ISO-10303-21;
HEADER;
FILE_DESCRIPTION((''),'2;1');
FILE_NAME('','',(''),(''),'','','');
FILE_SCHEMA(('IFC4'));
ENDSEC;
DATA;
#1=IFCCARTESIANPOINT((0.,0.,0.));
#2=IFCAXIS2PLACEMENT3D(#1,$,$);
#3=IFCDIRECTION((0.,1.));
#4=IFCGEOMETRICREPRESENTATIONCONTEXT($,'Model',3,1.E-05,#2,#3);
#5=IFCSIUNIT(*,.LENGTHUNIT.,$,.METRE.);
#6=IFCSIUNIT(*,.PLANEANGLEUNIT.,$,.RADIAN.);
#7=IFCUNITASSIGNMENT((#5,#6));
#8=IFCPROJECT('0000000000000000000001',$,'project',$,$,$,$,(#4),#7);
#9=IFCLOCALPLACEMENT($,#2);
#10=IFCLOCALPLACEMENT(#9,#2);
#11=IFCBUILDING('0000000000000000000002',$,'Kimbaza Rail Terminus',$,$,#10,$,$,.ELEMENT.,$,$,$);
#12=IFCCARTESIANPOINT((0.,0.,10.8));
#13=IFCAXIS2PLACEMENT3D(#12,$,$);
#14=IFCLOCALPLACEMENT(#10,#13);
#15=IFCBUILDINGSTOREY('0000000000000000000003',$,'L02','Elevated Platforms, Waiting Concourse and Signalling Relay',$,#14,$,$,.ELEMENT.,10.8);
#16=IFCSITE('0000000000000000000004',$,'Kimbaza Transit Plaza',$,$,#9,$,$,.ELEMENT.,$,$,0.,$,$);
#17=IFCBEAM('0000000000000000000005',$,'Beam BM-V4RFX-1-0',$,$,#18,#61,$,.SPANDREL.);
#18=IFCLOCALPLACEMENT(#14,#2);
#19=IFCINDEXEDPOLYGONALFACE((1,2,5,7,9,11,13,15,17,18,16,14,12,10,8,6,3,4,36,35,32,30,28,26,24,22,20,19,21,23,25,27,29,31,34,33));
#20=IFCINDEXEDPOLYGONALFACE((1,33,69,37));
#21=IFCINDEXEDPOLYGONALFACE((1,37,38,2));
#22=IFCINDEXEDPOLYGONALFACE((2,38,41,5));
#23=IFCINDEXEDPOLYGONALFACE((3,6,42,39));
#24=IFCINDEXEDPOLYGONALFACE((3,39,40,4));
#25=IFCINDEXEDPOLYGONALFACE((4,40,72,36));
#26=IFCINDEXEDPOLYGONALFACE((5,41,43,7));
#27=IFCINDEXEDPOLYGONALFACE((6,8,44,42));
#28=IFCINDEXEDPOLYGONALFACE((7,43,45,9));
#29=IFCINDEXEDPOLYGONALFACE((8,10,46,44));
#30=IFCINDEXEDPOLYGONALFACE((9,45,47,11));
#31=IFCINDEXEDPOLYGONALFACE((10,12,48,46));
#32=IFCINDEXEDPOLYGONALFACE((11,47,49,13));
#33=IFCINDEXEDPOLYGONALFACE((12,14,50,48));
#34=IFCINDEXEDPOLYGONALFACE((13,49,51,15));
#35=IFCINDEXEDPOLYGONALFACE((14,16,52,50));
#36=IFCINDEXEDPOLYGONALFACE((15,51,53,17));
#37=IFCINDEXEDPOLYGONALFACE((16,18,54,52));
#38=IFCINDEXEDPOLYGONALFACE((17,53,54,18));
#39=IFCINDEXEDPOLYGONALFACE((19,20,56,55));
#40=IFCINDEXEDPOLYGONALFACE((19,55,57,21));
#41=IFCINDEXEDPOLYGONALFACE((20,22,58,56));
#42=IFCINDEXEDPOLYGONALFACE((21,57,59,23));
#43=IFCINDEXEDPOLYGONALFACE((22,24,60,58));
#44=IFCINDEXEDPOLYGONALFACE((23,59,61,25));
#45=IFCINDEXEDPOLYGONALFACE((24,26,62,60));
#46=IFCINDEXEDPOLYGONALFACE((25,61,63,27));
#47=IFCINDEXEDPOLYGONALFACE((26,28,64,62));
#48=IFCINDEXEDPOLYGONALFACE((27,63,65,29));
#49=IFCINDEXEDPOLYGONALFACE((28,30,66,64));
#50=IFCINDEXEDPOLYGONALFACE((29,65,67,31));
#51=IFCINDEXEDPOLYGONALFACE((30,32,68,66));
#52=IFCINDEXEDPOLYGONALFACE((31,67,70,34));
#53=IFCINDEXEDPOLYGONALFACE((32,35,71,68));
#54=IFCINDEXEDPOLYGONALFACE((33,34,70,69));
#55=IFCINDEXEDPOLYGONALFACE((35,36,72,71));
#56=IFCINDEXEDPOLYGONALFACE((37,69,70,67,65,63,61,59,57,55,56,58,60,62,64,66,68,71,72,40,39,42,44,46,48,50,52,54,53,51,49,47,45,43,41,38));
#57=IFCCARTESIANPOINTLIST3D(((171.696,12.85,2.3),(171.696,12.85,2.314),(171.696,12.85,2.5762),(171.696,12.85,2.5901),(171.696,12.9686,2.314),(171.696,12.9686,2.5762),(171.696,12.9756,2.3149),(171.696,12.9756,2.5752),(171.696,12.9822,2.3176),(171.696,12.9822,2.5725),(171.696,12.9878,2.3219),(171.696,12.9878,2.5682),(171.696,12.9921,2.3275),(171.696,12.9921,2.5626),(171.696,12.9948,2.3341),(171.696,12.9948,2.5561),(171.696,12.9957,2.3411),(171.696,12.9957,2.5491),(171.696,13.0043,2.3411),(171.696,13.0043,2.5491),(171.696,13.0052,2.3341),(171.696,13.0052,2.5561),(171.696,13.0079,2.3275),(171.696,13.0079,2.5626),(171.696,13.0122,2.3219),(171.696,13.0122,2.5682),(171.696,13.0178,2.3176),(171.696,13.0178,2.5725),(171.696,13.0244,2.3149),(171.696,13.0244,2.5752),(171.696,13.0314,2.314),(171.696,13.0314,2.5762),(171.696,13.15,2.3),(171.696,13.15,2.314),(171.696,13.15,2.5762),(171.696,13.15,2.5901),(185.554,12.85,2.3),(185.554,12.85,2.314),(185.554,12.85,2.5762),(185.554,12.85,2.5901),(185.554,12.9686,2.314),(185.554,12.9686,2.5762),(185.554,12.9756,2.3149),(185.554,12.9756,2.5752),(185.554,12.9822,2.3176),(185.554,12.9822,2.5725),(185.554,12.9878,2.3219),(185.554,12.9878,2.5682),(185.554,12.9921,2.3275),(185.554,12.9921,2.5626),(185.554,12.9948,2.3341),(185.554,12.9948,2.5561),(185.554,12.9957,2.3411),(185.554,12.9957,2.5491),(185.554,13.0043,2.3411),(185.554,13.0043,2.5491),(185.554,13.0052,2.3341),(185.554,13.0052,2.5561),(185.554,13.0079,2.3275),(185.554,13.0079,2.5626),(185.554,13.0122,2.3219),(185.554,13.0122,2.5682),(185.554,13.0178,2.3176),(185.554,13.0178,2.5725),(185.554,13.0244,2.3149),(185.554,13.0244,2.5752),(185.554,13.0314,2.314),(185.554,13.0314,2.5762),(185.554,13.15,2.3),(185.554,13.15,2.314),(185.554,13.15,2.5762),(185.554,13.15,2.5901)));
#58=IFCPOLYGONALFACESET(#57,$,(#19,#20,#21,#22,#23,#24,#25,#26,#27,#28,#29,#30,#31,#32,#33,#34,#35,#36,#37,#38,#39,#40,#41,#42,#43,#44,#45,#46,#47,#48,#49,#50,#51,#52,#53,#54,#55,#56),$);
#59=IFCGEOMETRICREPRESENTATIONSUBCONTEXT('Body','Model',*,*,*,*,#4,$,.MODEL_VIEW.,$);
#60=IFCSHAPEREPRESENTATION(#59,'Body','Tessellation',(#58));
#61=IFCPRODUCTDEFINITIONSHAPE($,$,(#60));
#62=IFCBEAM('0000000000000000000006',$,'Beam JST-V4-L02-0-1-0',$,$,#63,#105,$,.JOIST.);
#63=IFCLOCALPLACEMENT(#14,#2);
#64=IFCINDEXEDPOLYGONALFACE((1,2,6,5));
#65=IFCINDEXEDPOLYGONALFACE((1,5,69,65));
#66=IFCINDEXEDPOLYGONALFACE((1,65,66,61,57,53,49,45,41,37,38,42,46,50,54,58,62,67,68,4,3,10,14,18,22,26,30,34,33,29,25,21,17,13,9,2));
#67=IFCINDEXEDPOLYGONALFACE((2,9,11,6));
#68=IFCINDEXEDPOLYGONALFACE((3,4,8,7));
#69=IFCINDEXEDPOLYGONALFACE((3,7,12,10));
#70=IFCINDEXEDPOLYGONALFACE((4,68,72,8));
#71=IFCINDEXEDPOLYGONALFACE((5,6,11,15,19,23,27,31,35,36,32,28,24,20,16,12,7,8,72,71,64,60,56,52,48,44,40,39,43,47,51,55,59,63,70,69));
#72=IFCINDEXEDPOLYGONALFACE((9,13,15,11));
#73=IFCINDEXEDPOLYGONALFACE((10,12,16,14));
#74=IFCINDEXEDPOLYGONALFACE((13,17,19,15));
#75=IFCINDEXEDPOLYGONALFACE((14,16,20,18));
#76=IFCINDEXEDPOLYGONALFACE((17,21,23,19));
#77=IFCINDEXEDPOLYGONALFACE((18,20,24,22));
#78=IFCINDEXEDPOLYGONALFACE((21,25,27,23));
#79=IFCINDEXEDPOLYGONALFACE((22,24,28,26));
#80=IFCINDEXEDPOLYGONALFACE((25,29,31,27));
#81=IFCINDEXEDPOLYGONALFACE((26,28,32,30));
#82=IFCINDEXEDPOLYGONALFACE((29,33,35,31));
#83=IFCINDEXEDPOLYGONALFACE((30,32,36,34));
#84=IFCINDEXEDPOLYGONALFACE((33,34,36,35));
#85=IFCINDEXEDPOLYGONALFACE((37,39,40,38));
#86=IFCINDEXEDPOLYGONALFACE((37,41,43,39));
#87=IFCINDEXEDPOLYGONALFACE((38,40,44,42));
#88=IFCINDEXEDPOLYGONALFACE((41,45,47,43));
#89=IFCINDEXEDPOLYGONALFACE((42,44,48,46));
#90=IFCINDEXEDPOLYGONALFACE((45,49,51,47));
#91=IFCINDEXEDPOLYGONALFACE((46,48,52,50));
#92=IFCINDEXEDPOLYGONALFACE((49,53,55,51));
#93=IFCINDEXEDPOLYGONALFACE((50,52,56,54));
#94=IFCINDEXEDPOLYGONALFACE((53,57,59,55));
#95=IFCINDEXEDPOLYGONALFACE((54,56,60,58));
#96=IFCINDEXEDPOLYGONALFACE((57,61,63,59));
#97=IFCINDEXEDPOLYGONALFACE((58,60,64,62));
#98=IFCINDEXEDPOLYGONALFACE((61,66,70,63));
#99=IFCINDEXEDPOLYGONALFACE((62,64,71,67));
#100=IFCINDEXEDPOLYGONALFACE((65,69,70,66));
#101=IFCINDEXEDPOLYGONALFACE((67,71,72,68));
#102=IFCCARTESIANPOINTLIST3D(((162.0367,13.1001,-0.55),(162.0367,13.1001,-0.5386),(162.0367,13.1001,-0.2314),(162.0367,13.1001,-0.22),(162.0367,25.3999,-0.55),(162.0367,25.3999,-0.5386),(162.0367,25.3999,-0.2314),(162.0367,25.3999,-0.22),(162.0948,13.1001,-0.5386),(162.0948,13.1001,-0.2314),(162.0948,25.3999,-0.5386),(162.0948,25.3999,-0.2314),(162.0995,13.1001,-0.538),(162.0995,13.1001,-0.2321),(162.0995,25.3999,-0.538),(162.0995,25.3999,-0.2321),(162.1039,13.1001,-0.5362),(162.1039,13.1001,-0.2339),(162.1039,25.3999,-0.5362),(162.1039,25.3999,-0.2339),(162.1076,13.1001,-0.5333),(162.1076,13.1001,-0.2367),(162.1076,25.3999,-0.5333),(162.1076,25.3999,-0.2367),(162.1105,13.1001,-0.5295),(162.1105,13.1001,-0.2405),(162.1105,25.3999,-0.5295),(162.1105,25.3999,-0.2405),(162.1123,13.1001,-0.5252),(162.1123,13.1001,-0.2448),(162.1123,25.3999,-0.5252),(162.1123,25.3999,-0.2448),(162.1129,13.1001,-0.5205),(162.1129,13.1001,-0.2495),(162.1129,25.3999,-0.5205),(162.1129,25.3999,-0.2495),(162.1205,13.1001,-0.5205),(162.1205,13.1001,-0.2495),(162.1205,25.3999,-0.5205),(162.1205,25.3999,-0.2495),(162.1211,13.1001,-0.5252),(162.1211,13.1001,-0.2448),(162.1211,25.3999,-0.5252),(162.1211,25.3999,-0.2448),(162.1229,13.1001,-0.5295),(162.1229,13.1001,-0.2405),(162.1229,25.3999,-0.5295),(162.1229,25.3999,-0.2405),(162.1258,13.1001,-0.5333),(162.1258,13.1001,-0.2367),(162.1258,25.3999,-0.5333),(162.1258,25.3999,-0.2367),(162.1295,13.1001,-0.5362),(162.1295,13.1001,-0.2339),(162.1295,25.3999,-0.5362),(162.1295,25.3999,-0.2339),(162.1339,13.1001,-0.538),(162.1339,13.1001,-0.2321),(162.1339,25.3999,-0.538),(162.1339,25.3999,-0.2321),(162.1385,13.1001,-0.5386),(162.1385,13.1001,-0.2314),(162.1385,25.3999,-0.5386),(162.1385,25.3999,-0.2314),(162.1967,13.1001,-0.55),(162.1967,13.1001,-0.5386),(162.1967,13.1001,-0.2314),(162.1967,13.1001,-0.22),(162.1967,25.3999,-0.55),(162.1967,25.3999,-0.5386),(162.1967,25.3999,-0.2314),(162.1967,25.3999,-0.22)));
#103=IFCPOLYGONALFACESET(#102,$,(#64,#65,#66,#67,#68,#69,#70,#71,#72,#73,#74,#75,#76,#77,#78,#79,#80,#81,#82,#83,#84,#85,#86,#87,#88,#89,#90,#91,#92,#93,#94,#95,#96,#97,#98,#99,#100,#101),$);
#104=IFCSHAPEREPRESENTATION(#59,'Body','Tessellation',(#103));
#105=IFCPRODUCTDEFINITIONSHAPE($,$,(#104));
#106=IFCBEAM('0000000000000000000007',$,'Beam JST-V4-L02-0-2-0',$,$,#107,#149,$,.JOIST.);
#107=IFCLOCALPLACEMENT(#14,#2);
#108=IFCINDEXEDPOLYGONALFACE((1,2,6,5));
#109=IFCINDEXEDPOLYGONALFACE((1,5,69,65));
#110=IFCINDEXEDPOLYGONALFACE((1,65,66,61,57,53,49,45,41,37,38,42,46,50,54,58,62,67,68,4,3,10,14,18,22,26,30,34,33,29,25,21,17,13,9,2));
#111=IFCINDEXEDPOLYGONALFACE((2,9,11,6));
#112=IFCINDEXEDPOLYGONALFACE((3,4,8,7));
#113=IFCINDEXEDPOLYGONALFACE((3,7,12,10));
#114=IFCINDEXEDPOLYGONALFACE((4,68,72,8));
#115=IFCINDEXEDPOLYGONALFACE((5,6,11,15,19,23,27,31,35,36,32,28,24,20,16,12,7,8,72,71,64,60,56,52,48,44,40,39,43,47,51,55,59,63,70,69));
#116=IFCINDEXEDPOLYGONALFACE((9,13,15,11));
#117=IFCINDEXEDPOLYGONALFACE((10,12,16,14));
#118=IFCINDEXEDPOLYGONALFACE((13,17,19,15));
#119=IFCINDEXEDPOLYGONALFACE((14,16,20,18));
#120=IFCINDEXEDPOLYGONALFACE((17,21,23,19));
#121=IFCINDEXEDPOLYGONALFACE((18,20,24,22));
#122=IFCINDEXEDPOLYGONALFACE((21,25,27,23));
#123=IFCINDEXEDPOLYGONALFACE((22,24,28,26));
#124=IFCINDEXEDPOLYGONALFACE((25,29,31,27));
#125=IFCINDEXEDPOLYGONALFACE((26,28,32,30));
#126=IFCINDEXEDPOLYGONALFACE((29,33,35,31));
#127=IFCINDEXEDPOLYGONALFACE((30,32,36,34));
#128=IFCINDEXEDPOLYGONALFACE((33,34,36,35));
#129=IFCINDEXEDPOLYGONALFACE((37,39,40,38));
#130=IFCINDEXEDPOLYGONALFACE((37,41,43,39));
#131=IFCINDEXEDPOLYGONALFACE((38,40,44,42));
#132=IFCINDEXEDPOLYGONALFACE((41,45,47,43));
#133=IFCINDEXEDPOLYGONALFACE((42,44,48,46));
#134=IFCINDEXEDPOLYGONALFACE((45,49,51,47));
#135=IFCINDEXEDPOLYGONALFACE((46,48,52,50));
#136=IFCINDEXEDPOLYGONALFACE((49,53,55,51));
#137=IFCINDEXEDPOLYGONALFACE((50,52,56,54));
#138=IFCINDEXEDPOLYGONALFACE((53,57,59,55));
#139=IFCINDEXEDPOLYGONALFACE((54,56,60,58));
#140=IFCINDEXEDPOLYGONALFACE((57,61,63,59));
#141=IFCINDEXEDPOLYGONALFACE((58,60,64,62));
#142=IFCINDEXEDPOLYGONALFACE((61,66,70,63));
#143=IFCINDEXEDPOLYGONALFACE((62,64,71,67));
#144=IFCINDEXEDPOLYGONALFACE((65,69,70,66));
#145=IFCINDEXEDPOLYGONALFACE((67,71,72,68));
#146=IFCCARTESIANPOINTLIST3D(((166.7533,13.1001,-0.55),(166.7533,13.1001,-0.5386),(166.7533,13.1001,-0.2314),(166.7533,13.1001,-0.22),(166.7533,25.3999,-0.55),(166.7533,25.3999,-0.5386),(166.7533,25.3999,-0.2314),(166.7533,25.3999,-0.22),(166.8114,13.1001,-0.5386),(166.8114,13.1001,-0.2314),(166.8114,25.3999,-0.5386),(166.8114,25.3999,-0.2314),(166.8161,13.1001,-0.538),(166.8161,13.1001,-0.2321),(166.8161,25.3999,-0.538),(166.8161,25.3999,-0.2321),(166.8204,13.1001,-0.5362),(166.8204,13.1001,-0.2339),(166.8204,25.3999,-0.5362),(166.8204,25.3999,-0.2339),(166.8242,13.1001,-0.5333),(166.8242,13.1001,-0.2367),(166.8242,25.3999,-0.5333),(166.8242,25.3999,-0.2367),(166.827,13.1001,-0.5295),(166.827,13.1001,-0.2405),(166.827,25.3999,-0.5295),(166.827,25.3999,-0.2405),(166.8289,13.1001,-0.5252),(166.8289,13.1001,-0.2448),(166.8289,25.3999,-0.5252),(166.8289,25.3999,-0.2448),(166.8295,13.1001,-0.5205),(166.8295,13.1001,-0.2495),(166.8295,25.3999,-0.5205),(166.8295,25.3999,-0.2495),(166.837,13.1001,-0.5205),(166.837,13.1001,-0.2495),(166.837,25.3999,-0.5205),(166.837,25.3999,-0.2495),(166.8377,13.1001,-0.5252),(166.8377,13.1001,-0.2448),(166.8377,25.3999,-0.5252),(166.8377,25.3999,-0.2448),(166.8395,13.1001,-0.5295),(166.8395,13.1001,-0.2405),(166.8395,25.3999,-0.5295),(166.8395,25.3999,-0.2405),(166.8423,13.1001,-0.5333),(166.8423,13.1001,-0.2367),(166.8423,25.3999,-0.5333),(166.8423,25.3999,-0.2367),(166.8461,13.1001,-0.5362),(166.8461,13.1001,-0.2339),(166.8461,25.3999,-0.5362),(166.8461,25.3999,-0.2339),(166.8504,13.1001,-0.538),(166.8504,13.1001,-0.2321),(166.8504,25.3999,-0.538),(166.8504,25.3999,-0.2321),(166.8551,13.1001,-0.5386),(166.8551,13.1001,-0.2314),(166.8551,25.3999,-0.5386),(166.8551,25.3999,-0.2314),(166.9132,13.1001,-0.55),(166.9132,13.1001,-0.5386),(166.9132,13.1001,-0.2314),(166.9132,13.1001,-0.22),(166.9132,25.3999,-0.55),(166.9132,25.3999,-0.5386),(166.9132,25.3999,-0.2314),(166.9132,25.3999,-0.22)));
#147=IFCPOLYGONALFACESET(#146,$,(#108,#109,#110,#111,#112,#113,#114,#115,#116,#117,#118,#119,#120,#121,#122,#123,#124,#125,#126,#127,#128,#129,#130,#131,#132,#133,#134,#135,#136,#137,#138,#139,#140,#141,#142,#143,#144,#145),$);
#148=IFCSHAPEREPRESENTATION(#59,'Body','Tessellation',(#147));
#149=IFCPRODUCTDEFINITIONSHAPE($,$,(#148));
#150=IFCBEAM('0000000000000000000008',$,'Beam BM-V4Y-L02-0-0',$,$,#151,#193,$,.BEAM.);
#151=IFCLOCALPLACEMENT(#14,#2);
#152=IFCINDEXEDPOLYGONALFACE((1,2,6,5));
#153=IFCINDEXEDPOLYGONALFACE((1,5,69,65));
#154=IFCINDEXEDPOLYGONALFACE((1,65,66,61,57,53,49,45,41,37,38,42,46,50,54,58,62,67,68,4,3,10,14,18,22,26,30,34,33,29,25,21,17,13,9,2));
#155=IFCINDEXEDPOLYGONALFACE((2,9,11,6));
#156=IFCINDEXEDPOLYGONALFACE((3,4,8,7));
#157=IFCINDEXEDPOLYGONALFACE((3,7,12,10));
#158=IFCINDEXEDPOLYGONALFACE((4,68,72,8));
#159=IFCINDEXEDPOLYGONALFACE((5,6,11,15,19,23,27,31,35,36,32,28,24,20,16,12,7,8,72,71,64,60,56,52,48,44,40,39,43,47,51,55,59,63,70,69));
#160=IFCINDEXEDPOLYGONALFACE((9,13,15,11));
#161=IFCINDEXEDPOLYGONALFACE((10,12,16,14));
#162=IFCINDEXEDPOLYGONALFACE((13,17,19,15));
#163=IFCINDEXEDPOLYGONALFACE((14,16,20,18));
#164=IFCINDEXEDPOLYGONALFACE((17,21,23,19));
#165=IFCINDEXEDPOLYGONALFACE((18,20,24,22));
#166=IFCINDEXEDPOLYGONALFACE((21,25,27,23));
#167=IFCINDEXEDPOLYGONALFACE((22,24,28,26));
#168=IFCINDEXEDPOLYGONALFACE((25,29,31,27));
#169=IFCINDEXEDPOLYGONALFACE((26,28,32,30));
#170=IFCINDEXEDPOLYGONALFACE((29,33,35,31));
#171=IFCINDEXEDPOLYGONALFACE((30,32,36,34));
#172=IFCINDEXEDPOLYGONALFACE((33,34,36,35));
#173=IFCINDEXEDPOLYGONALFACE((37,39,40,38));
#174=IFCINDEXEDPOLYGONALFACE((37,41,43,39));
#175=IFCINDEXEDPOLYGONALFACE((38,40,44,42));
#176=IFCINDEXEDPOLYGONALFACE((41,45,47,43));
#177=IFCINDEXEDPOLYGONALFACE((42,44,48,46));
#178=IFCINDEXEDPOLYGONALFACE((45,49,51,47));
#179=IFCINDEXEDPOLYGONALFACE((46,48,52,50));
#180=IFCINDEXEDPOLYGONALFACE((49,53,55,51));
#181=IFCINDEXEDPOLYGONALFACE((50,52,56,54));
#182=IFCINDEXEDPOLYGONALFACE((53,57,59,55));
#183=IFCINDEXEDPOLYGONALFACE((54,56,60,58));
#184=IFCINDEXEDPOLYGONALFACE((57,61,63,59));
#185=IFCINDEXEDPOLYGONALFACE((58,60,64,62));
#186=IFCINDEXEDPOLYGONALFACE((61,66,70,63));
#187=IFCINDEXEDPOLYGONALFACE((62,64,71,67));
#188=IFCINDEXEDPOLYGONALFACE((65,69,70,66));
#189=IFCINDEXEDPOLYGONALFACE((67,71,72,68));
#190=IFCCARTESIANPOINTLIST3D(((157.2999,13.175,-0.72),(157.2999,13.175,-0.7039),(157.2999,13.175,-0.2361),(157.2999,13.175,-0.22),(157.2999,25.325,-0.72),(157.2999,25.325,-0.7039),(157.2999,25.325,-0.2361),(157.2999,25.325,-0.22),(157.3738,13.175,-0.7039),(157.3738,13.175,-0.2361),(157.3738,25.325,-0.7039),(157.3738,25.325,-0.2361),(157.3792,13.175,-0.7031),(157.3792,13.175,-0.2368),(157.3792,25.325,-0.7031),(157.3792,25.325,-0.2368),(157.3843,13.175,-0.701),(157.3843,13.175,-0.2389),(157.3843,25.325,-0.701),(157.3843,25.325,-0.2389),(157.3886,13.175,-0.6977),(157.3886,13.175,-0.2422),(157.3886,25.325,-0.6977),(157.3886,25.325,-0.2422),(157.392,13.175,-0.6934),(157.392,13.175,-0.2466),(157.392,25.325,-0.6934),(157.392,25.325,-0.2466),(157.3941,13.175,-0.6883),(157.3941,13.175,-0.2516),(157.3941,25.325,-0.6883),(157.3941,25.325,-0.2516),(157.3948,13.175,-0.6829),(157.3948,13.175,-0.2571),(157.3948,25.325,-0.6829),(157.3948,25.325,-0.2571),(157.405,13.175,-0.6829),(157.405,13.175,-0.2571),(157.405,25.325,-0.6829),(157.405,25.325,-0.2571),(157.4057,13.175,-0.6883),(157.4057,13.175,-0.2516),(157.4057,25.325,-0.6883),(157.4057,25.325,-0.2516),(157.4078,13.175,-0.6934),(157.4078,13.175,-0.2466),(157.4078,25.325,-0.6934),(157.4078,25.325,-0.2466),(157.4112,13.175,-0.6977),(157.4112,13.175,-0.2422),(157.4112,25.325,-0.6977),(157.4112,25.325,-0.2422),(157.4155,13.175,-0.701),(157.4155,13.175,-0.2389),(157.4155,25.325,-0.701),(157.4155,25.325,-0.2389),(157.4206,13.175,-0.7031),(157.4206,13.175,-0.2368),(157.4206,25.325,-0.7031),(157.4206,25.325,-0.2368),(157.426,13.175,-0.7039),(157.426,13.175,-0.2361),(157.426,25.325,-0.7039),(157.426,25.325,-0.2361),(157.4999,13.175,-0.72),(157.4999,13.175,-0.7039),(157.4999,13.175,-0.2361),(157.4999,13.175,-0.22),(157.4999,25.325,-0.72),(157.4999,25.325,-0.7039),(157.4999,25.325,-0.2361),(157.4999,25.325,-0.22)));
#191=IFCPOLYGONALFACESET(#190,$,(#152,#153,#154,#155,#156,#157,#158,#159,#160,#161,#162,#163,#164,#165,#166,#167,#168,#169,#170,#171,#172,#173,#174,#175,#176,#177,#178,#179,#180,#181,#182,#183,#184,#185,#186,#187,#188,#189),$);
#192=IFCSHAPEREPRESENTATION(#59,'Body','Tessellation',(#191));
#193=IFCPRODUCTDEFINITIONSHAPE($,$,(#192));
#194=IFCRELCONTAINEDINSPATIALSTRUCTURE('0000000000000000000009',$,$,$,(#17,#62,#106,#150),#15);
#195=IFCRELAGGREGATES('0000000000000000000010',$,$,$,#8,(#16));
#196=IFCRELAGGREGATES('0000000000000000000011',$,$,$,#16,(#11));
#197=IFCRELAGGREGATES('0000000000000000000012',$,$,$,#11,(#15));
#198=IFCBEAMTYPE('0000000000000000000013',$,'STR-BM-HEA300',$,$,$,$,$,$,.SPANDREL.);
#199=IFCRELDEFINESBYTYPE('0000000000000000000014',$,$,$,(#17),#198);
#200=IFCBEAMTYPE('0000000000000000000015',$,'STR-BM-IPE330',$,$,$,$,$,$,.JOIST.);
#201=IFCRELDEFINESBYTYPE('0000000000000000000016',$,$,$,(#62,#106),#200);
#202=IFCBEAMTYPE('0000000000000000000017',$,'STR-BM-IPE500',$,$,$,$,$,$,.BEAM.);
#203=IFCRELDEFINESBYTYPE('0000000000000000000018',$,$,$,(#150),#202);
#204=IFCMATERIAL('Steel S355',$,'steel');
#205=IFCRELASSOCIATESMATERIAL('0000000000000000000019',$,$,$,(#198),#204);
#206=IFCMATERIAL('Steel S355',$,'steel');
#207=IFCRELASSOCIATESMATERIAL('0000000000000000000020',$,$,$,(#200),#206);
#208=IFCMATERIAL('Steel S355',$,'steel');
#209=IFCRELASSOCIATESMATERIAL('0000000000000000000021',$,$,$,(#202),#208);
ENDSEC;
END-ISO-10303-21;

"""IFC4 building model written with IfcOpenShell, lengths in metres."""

from ifc_helpers import new_model, si_unit, direction, frame, origin, origin_2d, place, context, subcontext, project, spatial, i_section, extrude, material, material_profile, profile_set, type_object, element, save


model = new_model("IFC4")

# Units and contexts
model_context = context("Model", 3, precision=1e-05, world=origin(), true_north=direction((0.0, 1.0)))
body_context = subcontext(model_context, "Body", "Model", "MODEL_VIEW")
ifc_project = project(units=[si_unit("LENGTHUNIT", "METRE"), si_unit("PLANEANGLEUNIT", "RADIAN")], contexts=[model_context])

# Site, building, storey
site_placement = place(None, origin())
site = spatial("IfcSite", under=ifc_project, at=site_placement, Name="Kimbaza Transit Plaza", CompositionType="ELEMENT", RefElevation=0.0)
building_placement = place(site_placement, origin())
building = spatial("IfcBuilding", under=site, at=building_placement, Name="Kimbaza Rail Terminus", CompositionType="ELEMENT")
storey_placement = place(building_placement, frame((0.0, 0.0, 10.8)))
storey = spatial("IfcBuildingStorey", under=building, at=storey_placement, Name="L02", Description="Elevated Platforms, Waiting Concourse and Signalling Relay", CompositionType="ELEMENT", Elevation=10.8)

# Beams
ifc_material_1 = material(Name="Steel S355", Category="steel")
ifc_material_profile_1 = material_profile(ifc_material_1, i_section(OverallWidth=0.3, OverallDepth=0.29, WebThickness=0.0085, FlangeThickness=0.0139, FilletRadius=0.0271, at=origin_2d()), Name="HEA 300")
ifc_profile_set_1 = profile_set([ifc_material_profile_1], Name="Steel S355")
beam_type_1 = type_object("IfcBeamType", Name="STR-BM-HEA300", PredefinedType="SPANDREL", material=ifc_profile_set_1)
beam_1_placement = place(storey_placement, frame((171.696, 13.0, 2.4451), z_axis=(1.0, 0.0, 0.0), x_axis=(0.0, 1.0, 0.0)))
element("IfcBeam", 1, at=beam_1_placement, inside=storey, type_object=beam_type_1, Name="Beam BM-V4RFX-1-0", PredefinedType="SPANDREL", context=body_context, shape_type="SweptSolid", body=[
    extrude(i_section(OverallWidth=0.3, OverallDepth=0.29, WebThickness=0.0085, FlangeThickness=0.0139, FilletRadius=0.0271, at=origin_2d()), origin(), (0.0, 0.0, 1.0), 13.8579),
])
ifc_material_2 = material(Name="Steel S355", Category="steel")
ifc_material_profile_2 = material_profile(ifc_material_2, i_section(OverallWidth=0.1599, OverallDepth=0.3301, WebThickness=0.0076, FlangeThickness=0.0115, FilletRadius=0.0181, at=origin_2d()), Name="IPE 330")
ifc_profile_set_2 = profile_set([ifc_material_profile_2], Name="Steel S355")
beam_type_2 = type_object("IfcBeamType", Name="STR-BM-IPE330", PredefinedType="JOIST", material=ifc_profile_set_2)
for number, where, z_axis, x_axis, name in (
    (2, (162.1167, 13.1001, -0.385), (0.0, 1.0, 0.0), (-1.0, 0.0, 0.0), "Beam JST-V4-L02-0-1-0"),
    (3, (166.8333, 13.1001, -0.385), (0.0, 1.0, 0.0), (-1.0, 0.0, 0.0), "Beam JST-V4-L02-0-2-0"),
):
    element("IfcBeam", number, at=place(storey_placement, frame(where, z_axis=z_axis, x_axis=x_axis)), inside=storey, type_object=beam_type_2, Name=name, PredefinedType="JOIST", context=body_context, shape_type="SweptSolid", body=[
        extrude(i_section(OverallWidth=0.1599, OverallDepth=0.3301, WebThickness=0.0076, FlangeThickness=0.0115, FilletRadius=0.0181, at=origin_2d()), origin(), (0.0, 0.0, 1.0), 12.2998),
    ])
ifc_material_3 = material(Name="Steel S355", Category="steel")
ifc_material_profile_3 = material_profile(ifc_material_3, i_section(OverallWidth=0.2, OverallDepth=0.5, WebThickness=0.0103, FlangeThickness=0.0161, FilletRadius=0.021, at=origin_2d()), Name="IPE 500")
ifc_profile_set_3 = profile_set([ifc_material_profile_3], Name="Steel S355")
beam_type_3 = type_object("IfcBeamType", Name="STR-BM-IPE500", PredefinedType="BEAM", material=ifc_profile_set_3)
for number, where, z_axis, x_axis, name in (
    (4, (157.3999, 13.175, -0.47), (0.0, 1.0, 0.0), (-1.0, 0.0, 0.0), "Beam BM-V4Y-L02-0-0"),
):
    element("IfcBeam", number, at=place(storey_placement, frame(where, z_axis=z_axis, x_axis=x_axis)), inside=storey, type_object=beam_type_3, Name=name, PredefinedType="BEAM", context=body_context, shape_type="SweptSolid", body=[
        extrude(i_section(OverallWidth=0.2, OverallDepth=0.5, WebThickness=0.0103, FlangeThickness=0.0161, FilletRadius=0.021, at=origin_2d()), origin(), (0.0, 0.0, 1.0), 12.1499),
    ])

save(model, "model.ifc")
